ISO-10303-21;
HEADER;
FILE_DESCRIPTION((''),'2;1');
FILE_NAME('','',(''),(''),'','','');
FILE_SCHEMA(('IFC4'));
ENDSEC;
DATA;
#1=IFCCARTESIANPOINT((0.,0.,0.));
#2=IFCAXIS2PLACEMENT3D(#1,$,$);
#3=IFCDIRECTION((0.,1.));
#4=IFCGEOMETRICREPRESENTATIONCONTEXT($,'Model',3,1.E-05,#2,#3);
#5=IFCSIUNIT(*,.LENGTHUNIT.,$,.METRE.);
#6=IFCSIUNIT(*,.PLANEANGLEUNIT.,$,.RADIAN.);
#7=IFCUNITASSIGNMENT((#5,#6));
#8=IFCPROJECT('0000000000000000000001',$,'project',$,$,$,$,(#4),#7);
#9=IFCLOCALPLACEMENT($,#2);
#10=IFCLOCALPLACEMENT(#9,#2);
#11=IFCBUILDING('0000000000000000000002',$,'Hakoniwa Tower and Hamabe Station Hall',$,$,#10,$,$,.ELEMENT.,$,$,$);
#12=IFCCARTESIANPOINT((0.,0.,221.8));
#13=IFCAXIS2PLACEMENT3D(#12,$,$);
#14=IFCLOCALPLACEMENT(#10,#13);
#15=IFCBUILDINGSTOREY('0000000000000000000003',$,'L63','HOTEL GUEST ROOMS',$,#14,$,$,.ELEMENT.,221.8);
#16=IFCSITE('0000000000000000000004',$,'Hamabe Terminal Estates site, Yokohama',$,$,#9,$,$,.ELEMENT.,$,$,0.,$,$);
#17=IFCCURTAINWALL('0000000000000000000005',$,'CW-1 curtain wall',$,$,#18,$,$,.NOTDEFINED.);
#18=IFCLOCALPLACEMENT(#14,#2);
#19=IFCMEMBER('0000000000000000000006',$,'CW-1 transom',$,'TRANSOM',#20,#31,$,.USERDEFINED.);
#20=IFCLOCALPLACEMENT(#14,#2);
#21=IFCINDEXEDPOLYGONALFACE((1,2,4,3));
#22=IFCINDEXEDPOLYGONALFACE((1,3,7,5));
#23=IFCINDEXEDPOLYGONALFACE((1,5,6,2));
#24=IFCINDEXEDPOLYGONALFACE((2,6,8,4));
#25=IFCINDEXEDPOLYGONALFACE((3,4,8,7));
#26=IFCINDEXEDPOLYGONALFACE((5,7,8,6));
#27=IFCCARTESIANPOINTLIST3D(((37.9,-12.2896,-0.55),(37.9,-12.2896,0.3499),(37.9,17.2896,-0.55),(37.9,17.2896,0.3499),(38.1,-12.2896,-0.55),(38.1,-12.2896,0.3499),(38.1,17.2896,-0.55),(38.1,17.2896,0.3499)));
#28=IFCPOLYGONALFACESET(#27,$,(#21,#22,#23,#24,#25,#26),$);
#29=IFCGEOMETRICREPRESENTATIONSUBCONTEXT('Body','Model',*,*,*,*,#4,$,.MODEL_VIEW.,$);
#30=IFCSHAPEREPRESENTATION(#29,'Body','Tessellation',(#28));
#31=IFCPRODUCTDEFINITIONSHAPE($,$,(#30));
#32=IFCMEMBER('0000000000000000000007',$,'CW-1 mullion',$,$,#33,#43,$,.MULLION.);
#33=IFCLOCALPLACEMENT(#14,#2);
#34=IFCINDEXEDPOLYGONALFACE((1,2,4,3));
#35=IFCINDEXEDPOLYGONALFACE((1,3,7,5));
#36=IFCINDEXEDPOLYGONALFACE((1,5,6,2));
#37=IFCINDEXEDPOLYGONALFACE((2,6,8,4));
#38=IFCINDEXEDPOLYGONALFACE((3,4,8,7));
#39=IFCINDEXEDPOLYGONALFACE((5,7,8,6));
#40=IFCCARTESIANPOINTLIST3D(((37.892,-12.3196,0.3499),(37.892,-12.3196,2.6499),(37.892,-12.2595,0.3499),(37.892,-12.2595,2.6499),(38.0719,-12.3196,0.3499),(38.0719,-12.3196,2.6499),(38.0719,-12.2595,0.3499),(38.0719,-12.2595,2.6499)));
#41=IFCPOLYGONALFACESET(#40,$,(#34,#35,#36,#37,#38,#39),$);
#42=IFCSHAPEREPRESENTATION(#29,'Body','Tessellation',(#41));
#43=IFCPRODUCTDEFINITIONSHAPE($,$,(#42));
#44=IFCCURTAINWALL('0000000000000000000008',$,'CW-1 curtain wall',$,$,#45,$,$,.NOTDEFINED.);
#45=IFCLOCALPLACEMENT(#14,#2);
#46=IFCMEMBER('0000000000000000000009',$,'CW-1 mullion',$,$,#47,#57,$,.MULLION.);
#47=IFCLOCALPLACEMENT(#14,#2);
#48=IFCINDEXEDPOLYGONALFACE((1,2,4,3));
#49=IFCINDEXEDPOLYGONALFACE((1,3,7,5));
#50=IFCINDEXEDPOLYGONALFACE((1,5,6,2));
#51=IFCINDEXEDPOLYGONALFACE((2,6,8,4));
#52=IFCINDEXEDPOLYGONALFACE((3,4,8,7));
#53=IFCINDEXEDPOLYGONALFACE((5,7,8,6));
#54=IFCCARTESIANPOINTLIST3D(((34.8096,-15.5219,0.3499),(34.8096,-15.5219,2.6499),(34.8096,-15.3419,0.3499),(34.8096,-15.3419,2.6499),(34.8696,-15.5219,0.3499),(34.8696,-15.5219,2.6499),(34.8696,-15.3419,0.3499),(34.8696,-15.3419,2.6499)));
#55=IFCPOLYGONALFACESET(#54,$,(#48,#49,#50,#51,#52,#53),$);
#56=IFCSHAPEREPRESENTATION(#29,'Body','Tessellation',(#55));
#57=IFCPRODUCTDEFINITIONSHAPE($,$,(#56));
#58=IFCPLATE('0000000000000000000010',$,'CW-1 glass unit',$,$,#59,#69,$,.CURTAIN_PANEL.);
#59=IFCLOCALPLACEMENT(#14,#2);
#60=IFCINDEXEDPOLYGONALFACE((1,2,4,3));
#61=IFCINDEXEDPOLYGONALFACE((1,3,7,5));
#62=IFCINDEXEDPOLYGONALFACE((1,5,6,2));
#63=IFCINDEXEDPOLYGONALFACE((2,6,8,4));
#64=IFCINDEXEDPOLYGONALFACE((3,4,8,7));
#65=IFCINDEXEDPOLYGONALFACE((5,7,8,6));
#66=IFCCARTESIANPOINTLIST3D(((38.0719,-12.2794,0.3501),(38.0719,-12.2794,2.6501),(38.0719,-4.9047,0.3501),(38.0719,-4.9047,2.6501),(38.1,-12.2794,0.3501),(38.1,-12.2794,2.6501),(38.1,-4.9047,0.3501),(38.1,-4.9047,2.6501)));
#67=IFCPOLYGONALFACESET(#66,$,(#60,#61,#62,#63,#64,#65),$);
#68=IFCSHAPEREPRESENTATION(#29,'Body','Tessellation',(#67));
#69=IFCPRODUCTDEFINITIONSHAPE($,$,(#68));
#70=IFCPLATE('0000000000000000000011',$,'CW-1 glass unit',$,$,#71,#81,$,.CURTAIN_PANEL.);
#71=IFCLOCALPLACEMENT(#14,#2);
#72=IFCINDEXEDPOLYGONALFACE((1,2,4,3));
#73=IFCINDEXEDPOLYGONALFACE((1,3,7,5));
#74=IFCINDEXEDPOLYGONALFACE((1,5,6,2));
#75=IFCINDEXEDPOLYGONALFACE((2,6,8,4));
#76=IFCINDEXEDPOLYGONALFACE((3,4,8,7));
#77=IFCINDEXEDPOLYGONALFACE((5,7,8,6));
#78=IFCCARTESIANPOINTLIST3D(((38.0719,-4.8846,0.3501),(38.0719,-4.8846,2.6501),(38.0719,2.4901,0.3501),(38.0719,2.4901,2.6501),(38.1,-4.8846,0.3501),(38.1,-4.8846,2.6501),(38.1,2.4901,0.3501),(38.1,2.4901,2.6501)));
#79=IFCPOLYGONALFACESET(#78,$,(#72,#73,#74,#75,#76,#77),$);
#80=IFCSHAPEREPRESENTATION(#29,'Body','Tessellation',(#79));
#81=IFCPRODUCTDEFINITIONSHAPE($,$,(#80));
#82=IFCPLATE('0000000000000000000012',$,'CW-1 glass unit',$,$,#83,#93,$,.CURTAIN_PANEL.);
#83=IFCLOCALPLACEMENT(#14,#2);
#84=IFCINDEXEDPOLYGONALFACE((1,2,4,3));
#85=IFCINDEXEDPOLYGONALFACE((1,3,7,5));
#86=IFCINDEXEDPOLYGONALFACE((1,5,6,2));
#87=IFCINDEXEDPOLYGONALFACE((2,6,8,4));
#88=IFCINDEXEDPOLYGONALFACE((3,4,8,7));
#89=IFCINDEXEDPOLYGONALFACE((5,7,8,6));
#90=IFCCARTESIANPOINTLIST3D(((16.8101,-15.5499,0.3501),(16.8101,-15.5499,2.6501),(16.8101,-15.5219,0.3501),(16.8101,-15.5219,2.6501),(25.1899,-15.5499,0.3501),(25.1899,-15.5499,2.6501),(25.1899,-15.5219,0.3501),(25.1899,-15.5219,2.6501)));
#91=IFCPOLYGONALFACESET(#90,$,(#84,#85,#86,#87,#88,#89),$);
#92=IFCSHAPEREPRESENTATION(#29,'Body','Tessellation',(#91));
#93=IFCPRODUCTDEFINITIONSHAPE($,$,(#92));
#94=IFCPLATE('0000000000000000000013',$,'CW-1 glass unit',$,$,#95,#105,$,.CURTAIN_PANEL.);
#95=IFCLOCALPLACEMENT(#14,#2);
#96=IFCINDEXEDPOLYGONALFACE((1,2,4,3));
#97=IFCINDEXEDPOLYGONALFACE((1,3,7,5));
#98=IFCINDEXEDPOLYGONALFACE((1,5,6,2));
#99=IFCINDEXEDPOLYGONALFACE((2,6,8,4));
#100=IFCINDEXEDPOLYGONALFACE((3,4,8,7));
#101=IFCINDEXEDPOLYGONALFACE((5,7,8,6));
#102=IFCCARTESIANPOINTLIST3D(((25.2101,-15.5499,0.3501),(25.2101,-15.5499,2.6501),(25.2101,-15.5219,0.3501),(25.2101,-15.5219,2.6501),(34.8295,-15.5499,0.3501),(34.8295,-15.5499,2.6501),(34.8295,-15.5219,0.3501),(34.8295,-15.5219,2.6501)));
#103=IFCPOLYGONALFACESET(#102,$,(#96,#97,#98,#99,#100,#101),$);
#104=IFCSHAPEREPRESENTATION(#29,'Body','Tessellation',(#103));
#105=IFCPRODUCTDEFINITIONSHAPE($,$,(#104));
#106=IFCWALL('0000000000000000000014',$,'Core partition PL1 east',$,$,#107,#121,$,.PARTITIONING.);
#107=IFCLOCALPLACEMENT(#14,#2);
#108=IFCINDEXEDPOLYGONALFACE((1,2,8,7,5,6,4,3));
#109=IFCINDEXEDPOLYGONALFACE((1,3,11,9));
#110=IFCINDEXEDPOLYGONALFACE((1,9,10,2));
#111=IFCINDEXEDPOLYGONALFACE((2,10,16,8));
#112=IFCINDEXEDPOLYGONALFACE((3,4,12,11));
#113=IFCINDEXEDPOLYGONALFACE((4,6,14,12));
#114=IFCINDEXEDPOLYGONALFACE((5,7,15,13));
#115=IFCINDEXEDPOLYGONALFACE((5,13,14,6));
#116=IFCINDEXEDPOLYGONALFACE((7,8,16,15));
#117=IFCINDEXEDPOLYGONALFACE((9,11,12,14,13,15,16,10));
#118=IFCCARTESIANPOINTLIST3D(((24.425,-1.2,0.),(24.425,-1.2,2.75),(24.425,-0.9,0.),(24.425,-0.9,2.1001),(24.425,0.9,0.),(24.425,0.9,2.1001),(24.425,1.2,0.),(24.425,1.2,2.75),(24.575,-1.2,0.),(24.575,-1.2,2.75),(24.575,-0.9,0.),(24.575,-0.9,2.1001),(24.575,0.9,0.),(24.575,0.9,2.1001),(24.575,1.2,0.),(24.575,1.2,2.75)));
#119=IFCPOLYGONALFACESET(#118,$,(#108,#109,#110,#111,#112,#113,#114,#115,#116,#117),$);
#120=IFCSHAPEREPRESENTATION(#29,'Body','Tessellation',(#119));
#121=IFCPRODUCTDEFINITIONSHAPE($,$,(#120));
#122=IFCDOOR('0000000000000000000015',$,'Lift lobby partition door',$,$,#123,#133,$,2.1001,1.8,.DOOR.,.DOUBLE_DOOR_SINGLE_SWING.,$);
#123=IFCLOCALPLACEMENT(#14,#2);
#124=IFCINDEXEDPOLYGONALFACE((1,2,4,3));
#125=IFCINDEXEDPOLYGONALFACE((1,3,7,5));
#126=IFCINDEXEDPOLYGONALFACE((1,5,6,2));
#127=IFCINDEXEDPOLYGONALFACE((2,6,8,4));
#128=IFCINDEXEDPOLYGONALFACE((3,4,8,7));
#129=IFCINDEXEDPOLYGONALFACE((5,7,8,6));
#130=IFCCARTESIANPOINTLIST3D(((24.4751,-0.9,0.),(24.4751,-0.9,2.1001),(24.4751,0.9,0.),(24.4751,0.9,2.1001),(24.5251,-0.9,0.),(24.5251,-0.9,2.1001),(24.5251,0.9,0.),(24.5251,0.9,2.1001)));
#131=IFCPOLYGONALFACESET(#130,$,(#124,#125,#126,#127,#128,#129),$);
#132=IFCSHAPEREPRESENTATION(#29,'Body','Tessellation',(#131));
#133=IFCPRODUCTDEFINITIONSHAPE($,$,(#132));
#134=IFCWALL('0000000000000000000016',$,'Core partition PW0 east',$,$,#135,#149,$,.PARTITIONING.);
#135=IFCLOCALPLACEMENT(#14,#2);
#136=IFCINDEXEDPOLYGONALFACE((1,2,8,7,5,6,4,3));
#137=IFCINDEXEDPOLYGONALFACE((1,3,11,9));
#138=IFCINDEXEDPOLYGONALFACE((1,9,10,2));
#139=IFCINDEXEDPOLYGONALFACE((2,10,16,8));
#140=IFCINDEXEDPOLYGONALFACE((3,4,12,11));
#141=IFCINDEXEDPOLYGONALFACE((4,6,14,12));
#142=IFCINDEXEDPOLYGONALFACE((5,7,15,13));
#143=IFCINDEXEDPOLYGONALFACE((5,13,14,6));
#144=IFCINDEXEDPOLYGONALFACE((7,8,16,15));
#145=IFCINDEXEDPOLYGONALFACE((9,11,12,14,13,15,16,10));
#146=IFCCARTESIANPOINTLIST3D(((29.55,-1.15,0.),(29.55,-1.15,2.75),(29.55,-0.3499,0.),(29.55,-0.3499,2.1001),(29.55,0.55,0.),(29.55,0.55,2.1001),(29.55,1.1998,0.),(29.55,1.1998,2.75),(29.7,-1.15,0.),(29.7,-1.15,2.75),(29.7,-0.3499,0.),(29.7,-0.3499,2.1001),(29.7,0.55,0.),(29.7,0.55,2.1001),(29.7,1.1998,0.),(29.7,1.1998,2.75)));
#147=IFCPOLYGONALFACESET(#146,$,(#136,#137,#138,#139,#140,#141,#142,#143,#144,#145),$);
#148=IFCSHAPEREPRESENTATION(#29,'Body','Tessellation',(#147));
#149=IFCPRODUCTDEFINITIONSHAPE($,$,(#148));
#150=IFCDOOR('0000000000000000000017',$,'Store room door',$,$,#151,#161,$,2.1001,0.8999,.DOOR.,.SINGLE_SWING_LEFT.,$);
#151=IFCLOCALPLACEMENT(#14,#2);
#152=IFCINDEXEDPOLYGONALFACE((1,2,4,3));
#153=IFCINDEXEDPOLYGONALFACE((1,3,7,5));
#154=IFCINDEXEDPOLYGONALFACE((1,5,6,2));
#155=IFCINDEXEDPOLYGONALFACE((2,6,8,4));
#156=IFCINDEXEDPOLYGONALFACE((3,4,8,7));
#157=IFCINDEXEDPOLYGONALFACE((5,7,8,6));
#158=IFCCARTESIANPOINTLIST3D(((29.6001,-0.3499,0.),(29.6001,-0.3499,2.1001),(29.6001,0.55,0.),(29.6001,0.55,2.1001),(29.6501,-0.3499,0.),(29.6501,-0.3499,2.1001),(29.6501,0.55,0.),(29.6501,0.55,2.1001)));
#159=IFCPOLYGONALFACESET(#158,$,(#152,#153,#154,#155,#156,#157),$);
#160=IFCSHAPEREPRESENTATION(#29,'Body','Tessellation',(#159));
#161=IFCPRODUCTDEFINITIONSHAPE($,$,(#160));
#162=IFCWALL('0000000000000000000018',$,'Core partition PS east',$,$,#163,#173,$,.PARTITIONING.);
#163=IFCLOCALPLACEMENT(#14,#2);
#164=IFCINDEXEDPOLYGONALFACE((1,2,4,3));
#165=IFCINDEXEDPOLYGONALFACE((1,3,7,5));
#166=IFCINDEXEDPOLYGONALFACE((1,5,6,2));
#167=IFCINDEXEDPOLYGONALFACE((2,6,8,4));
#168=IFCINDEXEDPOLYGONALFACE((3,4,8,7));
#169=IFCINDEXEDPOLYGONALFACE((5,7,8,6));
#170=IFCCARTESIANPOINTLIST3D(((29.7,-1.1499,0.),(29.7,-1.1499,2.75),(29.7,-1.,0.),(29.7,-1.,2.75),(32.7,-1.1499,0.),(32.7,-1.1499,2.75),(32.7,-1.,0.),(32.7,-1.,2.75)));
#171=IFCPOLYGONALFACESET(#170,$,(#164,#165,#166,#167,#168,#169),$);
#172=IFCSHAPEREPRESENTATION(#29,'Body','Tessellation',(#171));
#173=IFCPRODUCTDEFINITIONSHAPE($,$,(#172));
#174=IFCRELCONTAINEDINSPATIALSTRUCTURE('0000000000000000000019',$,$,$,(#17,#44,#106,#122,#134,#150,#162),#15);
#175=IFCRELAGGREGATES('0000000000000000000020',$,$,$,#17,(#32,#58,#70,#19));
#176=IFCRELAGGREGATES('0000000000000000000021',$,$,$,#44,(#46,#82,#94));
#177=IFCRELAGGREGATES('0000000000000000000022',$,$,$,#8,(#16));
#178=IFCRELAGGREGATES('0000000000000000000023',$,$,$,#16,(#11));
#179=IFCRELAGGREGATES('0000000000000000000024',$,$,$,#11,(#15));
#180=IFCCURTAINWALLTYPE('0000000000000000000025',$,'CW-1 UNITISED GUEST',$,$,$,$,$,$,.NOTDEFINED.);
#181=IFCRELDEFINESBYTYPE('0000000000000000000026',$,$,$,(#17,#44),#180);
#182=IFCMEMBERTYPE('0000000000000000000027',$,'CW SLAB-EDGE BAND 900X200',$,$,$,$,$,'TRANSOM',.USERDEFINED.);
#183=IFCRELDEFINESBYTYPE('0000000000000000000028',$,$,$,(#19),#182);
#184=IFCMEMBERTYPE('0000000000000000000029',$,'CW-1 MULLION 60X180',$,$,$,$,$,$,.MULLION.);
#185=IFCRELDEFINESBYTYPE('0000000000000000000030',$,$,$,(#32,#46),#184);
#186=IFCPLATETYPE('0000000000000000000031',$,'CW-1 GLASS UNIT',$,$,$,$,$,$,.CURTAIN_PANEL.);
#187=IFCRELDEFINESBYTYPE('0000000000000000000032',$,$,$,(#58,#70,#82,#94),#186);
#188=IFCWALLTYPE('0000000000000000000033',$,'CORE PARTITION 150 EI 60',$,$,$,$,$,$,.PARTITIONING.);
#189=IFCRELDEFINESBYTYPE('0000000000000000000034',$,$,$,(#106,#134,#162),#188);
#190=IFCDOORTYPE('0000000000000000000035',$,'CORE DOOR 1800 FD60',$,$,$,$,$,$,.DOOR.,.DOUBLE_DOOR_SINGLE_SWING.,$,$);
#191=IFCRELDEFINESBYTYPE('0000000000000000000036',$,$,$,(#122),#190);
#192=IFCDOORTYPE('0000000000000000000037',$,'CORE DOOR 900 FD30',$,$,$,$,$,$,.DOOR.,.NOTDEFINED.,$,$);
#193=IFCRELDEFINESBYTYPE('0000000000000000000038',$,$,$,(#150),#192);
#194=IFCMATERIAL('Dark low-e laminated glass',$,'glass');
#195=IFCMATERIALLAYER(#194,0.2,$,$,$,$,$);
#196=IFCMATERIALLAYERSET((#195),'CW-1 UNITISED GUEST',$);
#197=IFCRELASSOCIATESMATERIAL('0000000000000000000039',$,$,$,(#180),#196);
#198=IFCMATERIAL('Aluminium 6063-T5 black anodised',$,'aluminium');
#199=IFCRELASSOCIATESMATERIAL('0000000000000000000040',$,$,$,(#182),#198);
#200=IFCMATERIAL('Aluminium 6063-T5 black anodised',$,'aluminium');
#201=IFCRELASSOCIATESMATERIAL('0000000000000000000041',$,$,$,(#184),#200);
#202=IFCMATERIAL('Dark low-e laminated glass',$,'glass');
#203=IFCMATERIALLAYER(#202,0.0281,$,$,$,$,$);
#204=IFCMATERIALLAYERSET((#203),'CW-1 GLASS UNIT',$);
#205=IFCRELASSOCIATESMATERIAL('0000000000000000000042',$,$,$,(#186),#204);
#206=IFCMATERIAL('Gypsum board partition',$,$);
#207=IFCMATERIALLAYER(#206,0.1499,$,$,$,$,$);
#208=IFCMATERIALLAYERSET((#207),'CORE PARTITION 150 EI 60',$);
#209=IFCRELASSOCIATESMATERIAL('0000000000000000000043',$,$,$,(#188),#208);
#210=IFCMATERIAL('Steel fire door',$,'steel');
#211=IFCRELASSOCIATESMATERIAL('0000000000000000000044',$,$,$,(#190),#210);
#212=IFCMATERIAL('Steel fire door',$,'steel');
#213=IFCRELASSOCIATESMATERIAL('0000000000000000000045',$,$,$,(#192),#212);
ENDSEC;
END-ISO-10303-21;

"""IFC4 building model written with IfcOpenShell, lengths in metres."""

from ifc_helpers import new_model, si_unit, direction, frame, frame_2d, origin, origin_2d, place, context, subcontext, project, spatial, rectangle, extrude, material, layer, layer_set, material_profile, profile_set, type_object, element, fill, aggregate, save


model = new_model("IFC4")

# Units and contexts
model_context = context("Model", 3, precision=1e-05, world=origin(), true_north=direction((0.0, 1.0)))
body_context = subcontext(model_context, "Body", "Model", "MODEL_VIEW")
ifc_project = project(units=[si_unit("LENGTHUNIT", "METRE"), si_unit("PLANEANGLEUNIT", "RADIAN")], contexts=[model_context])

# Site, building, storey
site_placement = place(None, origin())
site = spatial("IfcSite", under=ifc_project, at=site_placement, Name="Hamabe Terminal Estates site, Yokohama", CompositionType="ELEMENT", RefElevation=0.0)
building_placement = place(site_placement, origin())
building = spatial("IfcBuilding", under=site, at=building_placement, Name="Hakoniwa Tower and Hamabe Station Hall", CompositionType="ELEMENT")
storey_placement = place(building_placement, frame((0.0, 0.0, 221.8)))
storey = spatial("IfcBuildingStorey", under=building, at=storey_placement, Name="L63", Description="HOTEL GUEST ROOMS", CompositionType="ELEMENT", Elevation=221.8)

# Curtain wall, members
ifc_material_1 = material(Name="Dark low-e laminated glass", Category="glass")
ifc_layer_1 = layer(ifc_material_1, 0.2)
ifc_layer_set_1 = layer_set([ifc_layer_1], Name="CW-1 UNITISED GUEST")
curtain_wall_type = type_object("IfcCurtainWallType", Name="CW-1 UNITISED GUEST", PredefinedType="NOTDEFINED", material=ifc_layer_set_1)
curtain_wall_1_placement = place(storey_placement, origin())
curtain_wall_1 = element("IfcCurtainWall", 1, at=curtain_wall_1_placement, inside=storey, type_object=curtain_wall_type, Name="CW-1 curtain wall", PredefinedType="NOTDEFINED")
ifc_material_2 = material(Name="Aluminium 6063-T5 black anodised", Category="aluminium")
ifc_material_profile_1 = material_profile(ifc_material_2, rectangle(XDim=0.2, YDim=0.8999, at=origin_2d()), Name="CW SLAB-EDGE BAND 900X200")
ifc_profile_set_1 = profile_set([ifc_material_profile_1], Name="Aluminium 6063-T5 black anodised")
member_type_1 = type_object("IfcMemberType", Name="CW SLAB-EDGE BAND 900X200", ElementType="TRANSOM", PredefinedType="USERDEFINED", material=ifc_profile_set_1)
member_1_placement = place(storey_placement, frame((38.0, -12.2896, -0.1001), z_axis=(0.0, 1.0, 0.0), x_axis=(-1.0, 0.0, 0.0)))
member_1 = element("IfcMember", 2, at=member_1_placement, type_object=member_type_1, Name="CW-1 transom", ObjectType="TRANSOM", PredefinedType="USERDEFINED", context=body_context, shape_type="SweptSolid", body=[
    extrude(rectangle(XDim=0.2, YDim=0.8999, at=origin_2d()), origin(), (0.0, 0.0, 1.0), 29.5791),
])
ifc_material_3 = material(Name="Aluminium 6063-T5 black anodised", Category="aluminium")
ifc_material_profile_2 = material_profile(ifc_material_3, rectangle(XDim=0.0601, YDim=0.1799, at=origin_2d()), Name="CW-1 MULLION 60X180")
ifc_profile_set_2 = profile_set([ifc_material_profile_2], Name="Aluminium 6063-T5 black anodised")
member_type_2 = type_object("IfcMemberType", Name="CW-1 MULLION 60X180", PredefinedType="MULLION", material=ifc_profile_set_2)
member_2_placement = place(storey_placement, frame((37.9819, -12.2896, 0.3499), z_axis=(0.0, 0.0, 1.0), x_axis=(0.0, 1.0, 0.0)))
member_2 = element("IfcMember", 3, at=member_2_placement, type_object=member_type_2, Name="CW-1 mullion", PredefinedType="MULLION", context=body_context, shape_type="SweptSolid", body=[
    extrude(rectangle(XDim=0.0601, YDim=0.1799, at=origin_2d()), origin(), (0.0, 0.0, 1.0), 2.3),
])

# Curtain wall, member
curtain_wall_2_placement = place(storey_placement, origin())
curtain_wall_2 = element("IfcCurtainWall", 4, at=curtain_wall_2_placement, inside=storey, type_object=curtain_wall_type, Name="CW-1 curtain wall", PredefinedType="NOTDEFINED")
member_3_placement = place(storey_placement, frame((34.8396, -15.4319, 0.3499), z_axis=(0.0, 0.0, 1.0), x_axis=(1.0, 0.0, 0.0)))
member_3 = element("IfcMember", 5, at=member_3_placement, type_object=member_type_2, Name="CW-1 mullion", PredefinedType="MULLION", context=body_context, shape_type="SweptSolid", body=[
    extrude(rectangle(XDim=0.0601, YDim=0.1799, at=origin_2d()), origin(), (0.0, 0.0, 1.0), 2.3),
])

# Plates
ifc_material_4 = material(Name="Dark low-e laminated glass", Category="glass")
ifc_layer_2 = layer(ifc_material_4, 0.0281)
ifc_layer_set_2 = layer_set([ifc_layer_2], Name="CW-1 GLASS UNIT")
plate_type = type_object("IfcPlateType", Name="CW-1 GLASS UNIT", PredefinedType="CURTAIN_PANEL", material=ifc_layer_set_2)
plate_1_placement = place(storey_placement, frame((38.0859, -8.592, 0.3501), z_axis=(0.0, 0.0, 1.0), x_axis=(0.0, 1.0, 0.0)))
plate_1 = element("IfcPlate", 6, at=plate_1_placement, type_object=plate_type, Name="CW-1 glass unit", PredefinedType="CURTAIN_PANEL", context=body_context, shape_type="SweptSolid", body=[
    extrude(rectangle(XDim=7.3748, YDim=0.0281, at=origin_2d()), origin(), (0.0, 0.0, 1.0), 2.3),
])
plate_2_placement = place(storey_placement, frame((38.0859, -1.1973, 0.3501), z_axis=(0.0, 0.0, 1.0), x_axis=(0.0, 1.0, 0.0)))
plate_2 = element("IfcPlate", 7, at=plate_2_placement, type_object=plate_type, Name="CW-1 glass unit", PredefinedType="CURTAIN_PANEL", context=body_context, shape_type="SweptSolid", body=[
    extrude(rectangle(XDim=7.3748, YDim=0.0281, at=origin_2d()), origin(), (0.0, 0.0, 1.0), 2.3),
])
aggregate(curtain_wall_1, [member_2, plate_1, plate_2, member_1])
plate_3_placement = place(storey_placement, frame((21.0, -15.5359, 0.3501), z_axis=(0.0, 0.0, 1.0), x_axis=(1.0, 0.0, 0.0)))
plate_3 = element("IfcPlate", 8, at=plate_3_placement, type_object=plate_type, Name="CW-1 glass unit", PredefinedType="CURTAIN_PANEL", context=body_context, shape_type="SweptSolid", body=[
    extrude(rectangle(XDim=8.3799, YDim=0.0281, at=origin_2d()), origin(), (0.0, 0.0, 1.0), 2.3),
])
plate_4_placement = place(storey_placement, frame((30.0198, -15.5359, 0.3501), z_axis=(0.0, 0.0, 1.0), x_axis=(1.0, 0.0, 0.0)))
plate_4 = element("IfcPlate", 9, at=plate_4_placement, type_object=plate_type, Name="CW-1 glass unit", PredefinedType="CURTAIN_PANEL", context=body_context, shape_type="SweptSolid", body=[
    extrude(rectangle(XDim=9.6194, YDim=0.0281, at=origin_2d()), origin(), (0.0, 0.0, 1.0), 2.3),
])
aggregate(curtain_wall_2, [member_3, plate_3, plate_4])

# Walls, openings, doors
ifc_material_5 = material(Name="Gypsum board partition")
ifc_layer_3 = layer(ifc_material_5, 0.1499)
ifc_layer_set_3 = layer_set([ifc_layer_3], Name="CORE PARTITION 150 EI 60")
wall_type_1 = type_object("IfcWallType", Name="CORE PARTITION 150 EI 60", PredefinedType="PARTITIONING", material=ifc_layer_set_3)
wall_1_placement = place(storey_placement, frame((24.5, -1.2, 0.0), z_axis=(0.0, 0.0, 1.0), x_axis=(0.0, 1.0, 0.0)))
wall_1 = element("IfcWall", 10, at=wall_1_placement, inside=storey, type_object=wall_type_1, Name="Core partition PL1 east", PredefinedType="PARTITIONING", context=body_context, shape_type="SweptSolid", body=[
    extrude(rectangle(XDim=2.3999, YDim=0.1499, at=frame_2d((1.2, 0.0))), origin(), (0.0, 0.0, 1.0), 2.75),
])
opening_1_placement = place(wall_1_placement, frame((0.3, 0.0, 0.0)))
opening_1 = element("IfcOpeningElement", 11, at=opening_1_placement, cuts=wall_1, PredefinedType="OPENING", context=body_context, shape_type="SweptSolid", body=[
    extrude(rectangle(XDim=1.8, YDim=2.1001, at=frame_2d((0.8999, 1.05))), frame((0.0, 0.085, 0.0), z_axis=(0.0, -1.0, 0.0), x_axis=(1.0, 0.0, 0.0)), (0.0, 0.0, 1.0), 0.1699),
])
ifc_material_6 = material(Name="Steel fire door", Category="steel")
door_type_1 = type_object("IfcDoorType", Name="CORE DOOR 1800 FD60", OperationType="DOUBLE_DOOR_SINGLE_SWING", PredefinedType="DOOR", material=ifc_material_6)
door_1_placement = place(opening_1_placement, origin())
door_1 = element("IfcDoor", 12, at=door_1_placement, inside=storey, type_object=door_type_1, Name="Lift lobby partition door", OperationType="DOUBLE_DOOR_SINGLE_SWING", OverallHeight=2.1001, OverallWidth=1.8, PredefinedType="DOOR", context=body_context, shape_type="SweptSolid", body=[
    extrude(rectangle(XDim=1.8, YDim=2.1001, at=frame_2d((0.8999, 1.05))), frame((0.0, 0.0249, 0.0), z_axis=(0.0, -1.0, 0.0), x_axis=(1.0, 0.0, 0.0)), (0.0, 0.0, 1.0), 0.05),
])
fill(opening_1, door_1)
wall_2_placement = place(storey_placement, frame((29.625, -1.1499, 0.0), z_axis=(0.0, 0.0, 1.0), x_axis=(0.0, 1.0, 0.0)))
wall_2 = element("IfcWall", 13, at=wall_2_placement, inside=storey, type_object=wall_type_1, Name="Core partition PW0 east", PredefinedType="PARTITIONING", context=body_context, shape_type="SweptSolid", body=[
    extrude(rectangle(XDim=2.3499, YDim=0.1499, at=frame_2d((1.1748, 0.0))), origin(), (0.0, 0.0, 1.0), 2.75),
])
opening_2_placement = place(wall_2_placement, frame((0.8, 0.0, 0.0)))
opening_2 = element("IfcOpeningElement", 14, at=opening_2_placement, cuts=wall_2, PredefinedType="OPENING", context=body_context, shape_type="SweptSolid", body=[
    extrude(rectangle(XDim=0.8999, YDim=2.1001, at=frame_2d((0.45, 1.05))), frame((0.0, 0.085, 0.0), z_axis=(0.0, -1.0, 0.0), x_axis=(1.0, 0.0, 0.0)), (0.0, 0.0, 1.0), 0.1699),
])
ifc_material_7 = material(Name="Steel fire door", Category="steel")
door_type_2 = type_object("IfcDoorType", Name="CORE DOOR 900 FD30", OperationType="NOTDEFINED", PredefinedType="DOOR", material=ifc_material_7)
door_2_placement = place(opening_2_placement, origin())
door_2 = element("IfcDoor", 15, at=door_2_placement, inside=storey, type_object=door_type_2, Name="Store room door", OperationType="SINGLE_SWING_LEFT", OverallHeight=2.1001, OverallWidth=0.8999, PredefinedType="DOOR", context=body_context, shape_type="SweptSolid", body=[
    extrude(rectangle(XDim=0.8999, YDim=2.1001, at=frame_2d((0.45, 1.05))), frame((0.0, 0.0249, 0.0), z_axis=(0.0, -1.0, 0.0), x_axis=(1.0, 0.0, 0.0)), (0.0, 0.0, 1.0), 0.05),
])
fill(opening_2, door_2)

# Wall
wall_3_placement = place(storey_placement, frame((29.7, -1.075, 0.0), z_axis=(0.0, 0.0, 1.0), x_axis=(1.0, 0.0, 0.0)))
element("IfcWall", 16, at=wall_3_placement, inside=storey, type_object=wall_type_1, Name="Core partition PS east", PredefinedType="PARTITIONING", context=body_context, shape_type="SweptSolid", body=[
    extrude(rectangle(XDim=3.0, YDim=0.1499, at=frame_2d((1.5, 0.0))), origin(), (0.0, 0.0, 1.0), 2.75),
])

save(model, "model.ifc")
